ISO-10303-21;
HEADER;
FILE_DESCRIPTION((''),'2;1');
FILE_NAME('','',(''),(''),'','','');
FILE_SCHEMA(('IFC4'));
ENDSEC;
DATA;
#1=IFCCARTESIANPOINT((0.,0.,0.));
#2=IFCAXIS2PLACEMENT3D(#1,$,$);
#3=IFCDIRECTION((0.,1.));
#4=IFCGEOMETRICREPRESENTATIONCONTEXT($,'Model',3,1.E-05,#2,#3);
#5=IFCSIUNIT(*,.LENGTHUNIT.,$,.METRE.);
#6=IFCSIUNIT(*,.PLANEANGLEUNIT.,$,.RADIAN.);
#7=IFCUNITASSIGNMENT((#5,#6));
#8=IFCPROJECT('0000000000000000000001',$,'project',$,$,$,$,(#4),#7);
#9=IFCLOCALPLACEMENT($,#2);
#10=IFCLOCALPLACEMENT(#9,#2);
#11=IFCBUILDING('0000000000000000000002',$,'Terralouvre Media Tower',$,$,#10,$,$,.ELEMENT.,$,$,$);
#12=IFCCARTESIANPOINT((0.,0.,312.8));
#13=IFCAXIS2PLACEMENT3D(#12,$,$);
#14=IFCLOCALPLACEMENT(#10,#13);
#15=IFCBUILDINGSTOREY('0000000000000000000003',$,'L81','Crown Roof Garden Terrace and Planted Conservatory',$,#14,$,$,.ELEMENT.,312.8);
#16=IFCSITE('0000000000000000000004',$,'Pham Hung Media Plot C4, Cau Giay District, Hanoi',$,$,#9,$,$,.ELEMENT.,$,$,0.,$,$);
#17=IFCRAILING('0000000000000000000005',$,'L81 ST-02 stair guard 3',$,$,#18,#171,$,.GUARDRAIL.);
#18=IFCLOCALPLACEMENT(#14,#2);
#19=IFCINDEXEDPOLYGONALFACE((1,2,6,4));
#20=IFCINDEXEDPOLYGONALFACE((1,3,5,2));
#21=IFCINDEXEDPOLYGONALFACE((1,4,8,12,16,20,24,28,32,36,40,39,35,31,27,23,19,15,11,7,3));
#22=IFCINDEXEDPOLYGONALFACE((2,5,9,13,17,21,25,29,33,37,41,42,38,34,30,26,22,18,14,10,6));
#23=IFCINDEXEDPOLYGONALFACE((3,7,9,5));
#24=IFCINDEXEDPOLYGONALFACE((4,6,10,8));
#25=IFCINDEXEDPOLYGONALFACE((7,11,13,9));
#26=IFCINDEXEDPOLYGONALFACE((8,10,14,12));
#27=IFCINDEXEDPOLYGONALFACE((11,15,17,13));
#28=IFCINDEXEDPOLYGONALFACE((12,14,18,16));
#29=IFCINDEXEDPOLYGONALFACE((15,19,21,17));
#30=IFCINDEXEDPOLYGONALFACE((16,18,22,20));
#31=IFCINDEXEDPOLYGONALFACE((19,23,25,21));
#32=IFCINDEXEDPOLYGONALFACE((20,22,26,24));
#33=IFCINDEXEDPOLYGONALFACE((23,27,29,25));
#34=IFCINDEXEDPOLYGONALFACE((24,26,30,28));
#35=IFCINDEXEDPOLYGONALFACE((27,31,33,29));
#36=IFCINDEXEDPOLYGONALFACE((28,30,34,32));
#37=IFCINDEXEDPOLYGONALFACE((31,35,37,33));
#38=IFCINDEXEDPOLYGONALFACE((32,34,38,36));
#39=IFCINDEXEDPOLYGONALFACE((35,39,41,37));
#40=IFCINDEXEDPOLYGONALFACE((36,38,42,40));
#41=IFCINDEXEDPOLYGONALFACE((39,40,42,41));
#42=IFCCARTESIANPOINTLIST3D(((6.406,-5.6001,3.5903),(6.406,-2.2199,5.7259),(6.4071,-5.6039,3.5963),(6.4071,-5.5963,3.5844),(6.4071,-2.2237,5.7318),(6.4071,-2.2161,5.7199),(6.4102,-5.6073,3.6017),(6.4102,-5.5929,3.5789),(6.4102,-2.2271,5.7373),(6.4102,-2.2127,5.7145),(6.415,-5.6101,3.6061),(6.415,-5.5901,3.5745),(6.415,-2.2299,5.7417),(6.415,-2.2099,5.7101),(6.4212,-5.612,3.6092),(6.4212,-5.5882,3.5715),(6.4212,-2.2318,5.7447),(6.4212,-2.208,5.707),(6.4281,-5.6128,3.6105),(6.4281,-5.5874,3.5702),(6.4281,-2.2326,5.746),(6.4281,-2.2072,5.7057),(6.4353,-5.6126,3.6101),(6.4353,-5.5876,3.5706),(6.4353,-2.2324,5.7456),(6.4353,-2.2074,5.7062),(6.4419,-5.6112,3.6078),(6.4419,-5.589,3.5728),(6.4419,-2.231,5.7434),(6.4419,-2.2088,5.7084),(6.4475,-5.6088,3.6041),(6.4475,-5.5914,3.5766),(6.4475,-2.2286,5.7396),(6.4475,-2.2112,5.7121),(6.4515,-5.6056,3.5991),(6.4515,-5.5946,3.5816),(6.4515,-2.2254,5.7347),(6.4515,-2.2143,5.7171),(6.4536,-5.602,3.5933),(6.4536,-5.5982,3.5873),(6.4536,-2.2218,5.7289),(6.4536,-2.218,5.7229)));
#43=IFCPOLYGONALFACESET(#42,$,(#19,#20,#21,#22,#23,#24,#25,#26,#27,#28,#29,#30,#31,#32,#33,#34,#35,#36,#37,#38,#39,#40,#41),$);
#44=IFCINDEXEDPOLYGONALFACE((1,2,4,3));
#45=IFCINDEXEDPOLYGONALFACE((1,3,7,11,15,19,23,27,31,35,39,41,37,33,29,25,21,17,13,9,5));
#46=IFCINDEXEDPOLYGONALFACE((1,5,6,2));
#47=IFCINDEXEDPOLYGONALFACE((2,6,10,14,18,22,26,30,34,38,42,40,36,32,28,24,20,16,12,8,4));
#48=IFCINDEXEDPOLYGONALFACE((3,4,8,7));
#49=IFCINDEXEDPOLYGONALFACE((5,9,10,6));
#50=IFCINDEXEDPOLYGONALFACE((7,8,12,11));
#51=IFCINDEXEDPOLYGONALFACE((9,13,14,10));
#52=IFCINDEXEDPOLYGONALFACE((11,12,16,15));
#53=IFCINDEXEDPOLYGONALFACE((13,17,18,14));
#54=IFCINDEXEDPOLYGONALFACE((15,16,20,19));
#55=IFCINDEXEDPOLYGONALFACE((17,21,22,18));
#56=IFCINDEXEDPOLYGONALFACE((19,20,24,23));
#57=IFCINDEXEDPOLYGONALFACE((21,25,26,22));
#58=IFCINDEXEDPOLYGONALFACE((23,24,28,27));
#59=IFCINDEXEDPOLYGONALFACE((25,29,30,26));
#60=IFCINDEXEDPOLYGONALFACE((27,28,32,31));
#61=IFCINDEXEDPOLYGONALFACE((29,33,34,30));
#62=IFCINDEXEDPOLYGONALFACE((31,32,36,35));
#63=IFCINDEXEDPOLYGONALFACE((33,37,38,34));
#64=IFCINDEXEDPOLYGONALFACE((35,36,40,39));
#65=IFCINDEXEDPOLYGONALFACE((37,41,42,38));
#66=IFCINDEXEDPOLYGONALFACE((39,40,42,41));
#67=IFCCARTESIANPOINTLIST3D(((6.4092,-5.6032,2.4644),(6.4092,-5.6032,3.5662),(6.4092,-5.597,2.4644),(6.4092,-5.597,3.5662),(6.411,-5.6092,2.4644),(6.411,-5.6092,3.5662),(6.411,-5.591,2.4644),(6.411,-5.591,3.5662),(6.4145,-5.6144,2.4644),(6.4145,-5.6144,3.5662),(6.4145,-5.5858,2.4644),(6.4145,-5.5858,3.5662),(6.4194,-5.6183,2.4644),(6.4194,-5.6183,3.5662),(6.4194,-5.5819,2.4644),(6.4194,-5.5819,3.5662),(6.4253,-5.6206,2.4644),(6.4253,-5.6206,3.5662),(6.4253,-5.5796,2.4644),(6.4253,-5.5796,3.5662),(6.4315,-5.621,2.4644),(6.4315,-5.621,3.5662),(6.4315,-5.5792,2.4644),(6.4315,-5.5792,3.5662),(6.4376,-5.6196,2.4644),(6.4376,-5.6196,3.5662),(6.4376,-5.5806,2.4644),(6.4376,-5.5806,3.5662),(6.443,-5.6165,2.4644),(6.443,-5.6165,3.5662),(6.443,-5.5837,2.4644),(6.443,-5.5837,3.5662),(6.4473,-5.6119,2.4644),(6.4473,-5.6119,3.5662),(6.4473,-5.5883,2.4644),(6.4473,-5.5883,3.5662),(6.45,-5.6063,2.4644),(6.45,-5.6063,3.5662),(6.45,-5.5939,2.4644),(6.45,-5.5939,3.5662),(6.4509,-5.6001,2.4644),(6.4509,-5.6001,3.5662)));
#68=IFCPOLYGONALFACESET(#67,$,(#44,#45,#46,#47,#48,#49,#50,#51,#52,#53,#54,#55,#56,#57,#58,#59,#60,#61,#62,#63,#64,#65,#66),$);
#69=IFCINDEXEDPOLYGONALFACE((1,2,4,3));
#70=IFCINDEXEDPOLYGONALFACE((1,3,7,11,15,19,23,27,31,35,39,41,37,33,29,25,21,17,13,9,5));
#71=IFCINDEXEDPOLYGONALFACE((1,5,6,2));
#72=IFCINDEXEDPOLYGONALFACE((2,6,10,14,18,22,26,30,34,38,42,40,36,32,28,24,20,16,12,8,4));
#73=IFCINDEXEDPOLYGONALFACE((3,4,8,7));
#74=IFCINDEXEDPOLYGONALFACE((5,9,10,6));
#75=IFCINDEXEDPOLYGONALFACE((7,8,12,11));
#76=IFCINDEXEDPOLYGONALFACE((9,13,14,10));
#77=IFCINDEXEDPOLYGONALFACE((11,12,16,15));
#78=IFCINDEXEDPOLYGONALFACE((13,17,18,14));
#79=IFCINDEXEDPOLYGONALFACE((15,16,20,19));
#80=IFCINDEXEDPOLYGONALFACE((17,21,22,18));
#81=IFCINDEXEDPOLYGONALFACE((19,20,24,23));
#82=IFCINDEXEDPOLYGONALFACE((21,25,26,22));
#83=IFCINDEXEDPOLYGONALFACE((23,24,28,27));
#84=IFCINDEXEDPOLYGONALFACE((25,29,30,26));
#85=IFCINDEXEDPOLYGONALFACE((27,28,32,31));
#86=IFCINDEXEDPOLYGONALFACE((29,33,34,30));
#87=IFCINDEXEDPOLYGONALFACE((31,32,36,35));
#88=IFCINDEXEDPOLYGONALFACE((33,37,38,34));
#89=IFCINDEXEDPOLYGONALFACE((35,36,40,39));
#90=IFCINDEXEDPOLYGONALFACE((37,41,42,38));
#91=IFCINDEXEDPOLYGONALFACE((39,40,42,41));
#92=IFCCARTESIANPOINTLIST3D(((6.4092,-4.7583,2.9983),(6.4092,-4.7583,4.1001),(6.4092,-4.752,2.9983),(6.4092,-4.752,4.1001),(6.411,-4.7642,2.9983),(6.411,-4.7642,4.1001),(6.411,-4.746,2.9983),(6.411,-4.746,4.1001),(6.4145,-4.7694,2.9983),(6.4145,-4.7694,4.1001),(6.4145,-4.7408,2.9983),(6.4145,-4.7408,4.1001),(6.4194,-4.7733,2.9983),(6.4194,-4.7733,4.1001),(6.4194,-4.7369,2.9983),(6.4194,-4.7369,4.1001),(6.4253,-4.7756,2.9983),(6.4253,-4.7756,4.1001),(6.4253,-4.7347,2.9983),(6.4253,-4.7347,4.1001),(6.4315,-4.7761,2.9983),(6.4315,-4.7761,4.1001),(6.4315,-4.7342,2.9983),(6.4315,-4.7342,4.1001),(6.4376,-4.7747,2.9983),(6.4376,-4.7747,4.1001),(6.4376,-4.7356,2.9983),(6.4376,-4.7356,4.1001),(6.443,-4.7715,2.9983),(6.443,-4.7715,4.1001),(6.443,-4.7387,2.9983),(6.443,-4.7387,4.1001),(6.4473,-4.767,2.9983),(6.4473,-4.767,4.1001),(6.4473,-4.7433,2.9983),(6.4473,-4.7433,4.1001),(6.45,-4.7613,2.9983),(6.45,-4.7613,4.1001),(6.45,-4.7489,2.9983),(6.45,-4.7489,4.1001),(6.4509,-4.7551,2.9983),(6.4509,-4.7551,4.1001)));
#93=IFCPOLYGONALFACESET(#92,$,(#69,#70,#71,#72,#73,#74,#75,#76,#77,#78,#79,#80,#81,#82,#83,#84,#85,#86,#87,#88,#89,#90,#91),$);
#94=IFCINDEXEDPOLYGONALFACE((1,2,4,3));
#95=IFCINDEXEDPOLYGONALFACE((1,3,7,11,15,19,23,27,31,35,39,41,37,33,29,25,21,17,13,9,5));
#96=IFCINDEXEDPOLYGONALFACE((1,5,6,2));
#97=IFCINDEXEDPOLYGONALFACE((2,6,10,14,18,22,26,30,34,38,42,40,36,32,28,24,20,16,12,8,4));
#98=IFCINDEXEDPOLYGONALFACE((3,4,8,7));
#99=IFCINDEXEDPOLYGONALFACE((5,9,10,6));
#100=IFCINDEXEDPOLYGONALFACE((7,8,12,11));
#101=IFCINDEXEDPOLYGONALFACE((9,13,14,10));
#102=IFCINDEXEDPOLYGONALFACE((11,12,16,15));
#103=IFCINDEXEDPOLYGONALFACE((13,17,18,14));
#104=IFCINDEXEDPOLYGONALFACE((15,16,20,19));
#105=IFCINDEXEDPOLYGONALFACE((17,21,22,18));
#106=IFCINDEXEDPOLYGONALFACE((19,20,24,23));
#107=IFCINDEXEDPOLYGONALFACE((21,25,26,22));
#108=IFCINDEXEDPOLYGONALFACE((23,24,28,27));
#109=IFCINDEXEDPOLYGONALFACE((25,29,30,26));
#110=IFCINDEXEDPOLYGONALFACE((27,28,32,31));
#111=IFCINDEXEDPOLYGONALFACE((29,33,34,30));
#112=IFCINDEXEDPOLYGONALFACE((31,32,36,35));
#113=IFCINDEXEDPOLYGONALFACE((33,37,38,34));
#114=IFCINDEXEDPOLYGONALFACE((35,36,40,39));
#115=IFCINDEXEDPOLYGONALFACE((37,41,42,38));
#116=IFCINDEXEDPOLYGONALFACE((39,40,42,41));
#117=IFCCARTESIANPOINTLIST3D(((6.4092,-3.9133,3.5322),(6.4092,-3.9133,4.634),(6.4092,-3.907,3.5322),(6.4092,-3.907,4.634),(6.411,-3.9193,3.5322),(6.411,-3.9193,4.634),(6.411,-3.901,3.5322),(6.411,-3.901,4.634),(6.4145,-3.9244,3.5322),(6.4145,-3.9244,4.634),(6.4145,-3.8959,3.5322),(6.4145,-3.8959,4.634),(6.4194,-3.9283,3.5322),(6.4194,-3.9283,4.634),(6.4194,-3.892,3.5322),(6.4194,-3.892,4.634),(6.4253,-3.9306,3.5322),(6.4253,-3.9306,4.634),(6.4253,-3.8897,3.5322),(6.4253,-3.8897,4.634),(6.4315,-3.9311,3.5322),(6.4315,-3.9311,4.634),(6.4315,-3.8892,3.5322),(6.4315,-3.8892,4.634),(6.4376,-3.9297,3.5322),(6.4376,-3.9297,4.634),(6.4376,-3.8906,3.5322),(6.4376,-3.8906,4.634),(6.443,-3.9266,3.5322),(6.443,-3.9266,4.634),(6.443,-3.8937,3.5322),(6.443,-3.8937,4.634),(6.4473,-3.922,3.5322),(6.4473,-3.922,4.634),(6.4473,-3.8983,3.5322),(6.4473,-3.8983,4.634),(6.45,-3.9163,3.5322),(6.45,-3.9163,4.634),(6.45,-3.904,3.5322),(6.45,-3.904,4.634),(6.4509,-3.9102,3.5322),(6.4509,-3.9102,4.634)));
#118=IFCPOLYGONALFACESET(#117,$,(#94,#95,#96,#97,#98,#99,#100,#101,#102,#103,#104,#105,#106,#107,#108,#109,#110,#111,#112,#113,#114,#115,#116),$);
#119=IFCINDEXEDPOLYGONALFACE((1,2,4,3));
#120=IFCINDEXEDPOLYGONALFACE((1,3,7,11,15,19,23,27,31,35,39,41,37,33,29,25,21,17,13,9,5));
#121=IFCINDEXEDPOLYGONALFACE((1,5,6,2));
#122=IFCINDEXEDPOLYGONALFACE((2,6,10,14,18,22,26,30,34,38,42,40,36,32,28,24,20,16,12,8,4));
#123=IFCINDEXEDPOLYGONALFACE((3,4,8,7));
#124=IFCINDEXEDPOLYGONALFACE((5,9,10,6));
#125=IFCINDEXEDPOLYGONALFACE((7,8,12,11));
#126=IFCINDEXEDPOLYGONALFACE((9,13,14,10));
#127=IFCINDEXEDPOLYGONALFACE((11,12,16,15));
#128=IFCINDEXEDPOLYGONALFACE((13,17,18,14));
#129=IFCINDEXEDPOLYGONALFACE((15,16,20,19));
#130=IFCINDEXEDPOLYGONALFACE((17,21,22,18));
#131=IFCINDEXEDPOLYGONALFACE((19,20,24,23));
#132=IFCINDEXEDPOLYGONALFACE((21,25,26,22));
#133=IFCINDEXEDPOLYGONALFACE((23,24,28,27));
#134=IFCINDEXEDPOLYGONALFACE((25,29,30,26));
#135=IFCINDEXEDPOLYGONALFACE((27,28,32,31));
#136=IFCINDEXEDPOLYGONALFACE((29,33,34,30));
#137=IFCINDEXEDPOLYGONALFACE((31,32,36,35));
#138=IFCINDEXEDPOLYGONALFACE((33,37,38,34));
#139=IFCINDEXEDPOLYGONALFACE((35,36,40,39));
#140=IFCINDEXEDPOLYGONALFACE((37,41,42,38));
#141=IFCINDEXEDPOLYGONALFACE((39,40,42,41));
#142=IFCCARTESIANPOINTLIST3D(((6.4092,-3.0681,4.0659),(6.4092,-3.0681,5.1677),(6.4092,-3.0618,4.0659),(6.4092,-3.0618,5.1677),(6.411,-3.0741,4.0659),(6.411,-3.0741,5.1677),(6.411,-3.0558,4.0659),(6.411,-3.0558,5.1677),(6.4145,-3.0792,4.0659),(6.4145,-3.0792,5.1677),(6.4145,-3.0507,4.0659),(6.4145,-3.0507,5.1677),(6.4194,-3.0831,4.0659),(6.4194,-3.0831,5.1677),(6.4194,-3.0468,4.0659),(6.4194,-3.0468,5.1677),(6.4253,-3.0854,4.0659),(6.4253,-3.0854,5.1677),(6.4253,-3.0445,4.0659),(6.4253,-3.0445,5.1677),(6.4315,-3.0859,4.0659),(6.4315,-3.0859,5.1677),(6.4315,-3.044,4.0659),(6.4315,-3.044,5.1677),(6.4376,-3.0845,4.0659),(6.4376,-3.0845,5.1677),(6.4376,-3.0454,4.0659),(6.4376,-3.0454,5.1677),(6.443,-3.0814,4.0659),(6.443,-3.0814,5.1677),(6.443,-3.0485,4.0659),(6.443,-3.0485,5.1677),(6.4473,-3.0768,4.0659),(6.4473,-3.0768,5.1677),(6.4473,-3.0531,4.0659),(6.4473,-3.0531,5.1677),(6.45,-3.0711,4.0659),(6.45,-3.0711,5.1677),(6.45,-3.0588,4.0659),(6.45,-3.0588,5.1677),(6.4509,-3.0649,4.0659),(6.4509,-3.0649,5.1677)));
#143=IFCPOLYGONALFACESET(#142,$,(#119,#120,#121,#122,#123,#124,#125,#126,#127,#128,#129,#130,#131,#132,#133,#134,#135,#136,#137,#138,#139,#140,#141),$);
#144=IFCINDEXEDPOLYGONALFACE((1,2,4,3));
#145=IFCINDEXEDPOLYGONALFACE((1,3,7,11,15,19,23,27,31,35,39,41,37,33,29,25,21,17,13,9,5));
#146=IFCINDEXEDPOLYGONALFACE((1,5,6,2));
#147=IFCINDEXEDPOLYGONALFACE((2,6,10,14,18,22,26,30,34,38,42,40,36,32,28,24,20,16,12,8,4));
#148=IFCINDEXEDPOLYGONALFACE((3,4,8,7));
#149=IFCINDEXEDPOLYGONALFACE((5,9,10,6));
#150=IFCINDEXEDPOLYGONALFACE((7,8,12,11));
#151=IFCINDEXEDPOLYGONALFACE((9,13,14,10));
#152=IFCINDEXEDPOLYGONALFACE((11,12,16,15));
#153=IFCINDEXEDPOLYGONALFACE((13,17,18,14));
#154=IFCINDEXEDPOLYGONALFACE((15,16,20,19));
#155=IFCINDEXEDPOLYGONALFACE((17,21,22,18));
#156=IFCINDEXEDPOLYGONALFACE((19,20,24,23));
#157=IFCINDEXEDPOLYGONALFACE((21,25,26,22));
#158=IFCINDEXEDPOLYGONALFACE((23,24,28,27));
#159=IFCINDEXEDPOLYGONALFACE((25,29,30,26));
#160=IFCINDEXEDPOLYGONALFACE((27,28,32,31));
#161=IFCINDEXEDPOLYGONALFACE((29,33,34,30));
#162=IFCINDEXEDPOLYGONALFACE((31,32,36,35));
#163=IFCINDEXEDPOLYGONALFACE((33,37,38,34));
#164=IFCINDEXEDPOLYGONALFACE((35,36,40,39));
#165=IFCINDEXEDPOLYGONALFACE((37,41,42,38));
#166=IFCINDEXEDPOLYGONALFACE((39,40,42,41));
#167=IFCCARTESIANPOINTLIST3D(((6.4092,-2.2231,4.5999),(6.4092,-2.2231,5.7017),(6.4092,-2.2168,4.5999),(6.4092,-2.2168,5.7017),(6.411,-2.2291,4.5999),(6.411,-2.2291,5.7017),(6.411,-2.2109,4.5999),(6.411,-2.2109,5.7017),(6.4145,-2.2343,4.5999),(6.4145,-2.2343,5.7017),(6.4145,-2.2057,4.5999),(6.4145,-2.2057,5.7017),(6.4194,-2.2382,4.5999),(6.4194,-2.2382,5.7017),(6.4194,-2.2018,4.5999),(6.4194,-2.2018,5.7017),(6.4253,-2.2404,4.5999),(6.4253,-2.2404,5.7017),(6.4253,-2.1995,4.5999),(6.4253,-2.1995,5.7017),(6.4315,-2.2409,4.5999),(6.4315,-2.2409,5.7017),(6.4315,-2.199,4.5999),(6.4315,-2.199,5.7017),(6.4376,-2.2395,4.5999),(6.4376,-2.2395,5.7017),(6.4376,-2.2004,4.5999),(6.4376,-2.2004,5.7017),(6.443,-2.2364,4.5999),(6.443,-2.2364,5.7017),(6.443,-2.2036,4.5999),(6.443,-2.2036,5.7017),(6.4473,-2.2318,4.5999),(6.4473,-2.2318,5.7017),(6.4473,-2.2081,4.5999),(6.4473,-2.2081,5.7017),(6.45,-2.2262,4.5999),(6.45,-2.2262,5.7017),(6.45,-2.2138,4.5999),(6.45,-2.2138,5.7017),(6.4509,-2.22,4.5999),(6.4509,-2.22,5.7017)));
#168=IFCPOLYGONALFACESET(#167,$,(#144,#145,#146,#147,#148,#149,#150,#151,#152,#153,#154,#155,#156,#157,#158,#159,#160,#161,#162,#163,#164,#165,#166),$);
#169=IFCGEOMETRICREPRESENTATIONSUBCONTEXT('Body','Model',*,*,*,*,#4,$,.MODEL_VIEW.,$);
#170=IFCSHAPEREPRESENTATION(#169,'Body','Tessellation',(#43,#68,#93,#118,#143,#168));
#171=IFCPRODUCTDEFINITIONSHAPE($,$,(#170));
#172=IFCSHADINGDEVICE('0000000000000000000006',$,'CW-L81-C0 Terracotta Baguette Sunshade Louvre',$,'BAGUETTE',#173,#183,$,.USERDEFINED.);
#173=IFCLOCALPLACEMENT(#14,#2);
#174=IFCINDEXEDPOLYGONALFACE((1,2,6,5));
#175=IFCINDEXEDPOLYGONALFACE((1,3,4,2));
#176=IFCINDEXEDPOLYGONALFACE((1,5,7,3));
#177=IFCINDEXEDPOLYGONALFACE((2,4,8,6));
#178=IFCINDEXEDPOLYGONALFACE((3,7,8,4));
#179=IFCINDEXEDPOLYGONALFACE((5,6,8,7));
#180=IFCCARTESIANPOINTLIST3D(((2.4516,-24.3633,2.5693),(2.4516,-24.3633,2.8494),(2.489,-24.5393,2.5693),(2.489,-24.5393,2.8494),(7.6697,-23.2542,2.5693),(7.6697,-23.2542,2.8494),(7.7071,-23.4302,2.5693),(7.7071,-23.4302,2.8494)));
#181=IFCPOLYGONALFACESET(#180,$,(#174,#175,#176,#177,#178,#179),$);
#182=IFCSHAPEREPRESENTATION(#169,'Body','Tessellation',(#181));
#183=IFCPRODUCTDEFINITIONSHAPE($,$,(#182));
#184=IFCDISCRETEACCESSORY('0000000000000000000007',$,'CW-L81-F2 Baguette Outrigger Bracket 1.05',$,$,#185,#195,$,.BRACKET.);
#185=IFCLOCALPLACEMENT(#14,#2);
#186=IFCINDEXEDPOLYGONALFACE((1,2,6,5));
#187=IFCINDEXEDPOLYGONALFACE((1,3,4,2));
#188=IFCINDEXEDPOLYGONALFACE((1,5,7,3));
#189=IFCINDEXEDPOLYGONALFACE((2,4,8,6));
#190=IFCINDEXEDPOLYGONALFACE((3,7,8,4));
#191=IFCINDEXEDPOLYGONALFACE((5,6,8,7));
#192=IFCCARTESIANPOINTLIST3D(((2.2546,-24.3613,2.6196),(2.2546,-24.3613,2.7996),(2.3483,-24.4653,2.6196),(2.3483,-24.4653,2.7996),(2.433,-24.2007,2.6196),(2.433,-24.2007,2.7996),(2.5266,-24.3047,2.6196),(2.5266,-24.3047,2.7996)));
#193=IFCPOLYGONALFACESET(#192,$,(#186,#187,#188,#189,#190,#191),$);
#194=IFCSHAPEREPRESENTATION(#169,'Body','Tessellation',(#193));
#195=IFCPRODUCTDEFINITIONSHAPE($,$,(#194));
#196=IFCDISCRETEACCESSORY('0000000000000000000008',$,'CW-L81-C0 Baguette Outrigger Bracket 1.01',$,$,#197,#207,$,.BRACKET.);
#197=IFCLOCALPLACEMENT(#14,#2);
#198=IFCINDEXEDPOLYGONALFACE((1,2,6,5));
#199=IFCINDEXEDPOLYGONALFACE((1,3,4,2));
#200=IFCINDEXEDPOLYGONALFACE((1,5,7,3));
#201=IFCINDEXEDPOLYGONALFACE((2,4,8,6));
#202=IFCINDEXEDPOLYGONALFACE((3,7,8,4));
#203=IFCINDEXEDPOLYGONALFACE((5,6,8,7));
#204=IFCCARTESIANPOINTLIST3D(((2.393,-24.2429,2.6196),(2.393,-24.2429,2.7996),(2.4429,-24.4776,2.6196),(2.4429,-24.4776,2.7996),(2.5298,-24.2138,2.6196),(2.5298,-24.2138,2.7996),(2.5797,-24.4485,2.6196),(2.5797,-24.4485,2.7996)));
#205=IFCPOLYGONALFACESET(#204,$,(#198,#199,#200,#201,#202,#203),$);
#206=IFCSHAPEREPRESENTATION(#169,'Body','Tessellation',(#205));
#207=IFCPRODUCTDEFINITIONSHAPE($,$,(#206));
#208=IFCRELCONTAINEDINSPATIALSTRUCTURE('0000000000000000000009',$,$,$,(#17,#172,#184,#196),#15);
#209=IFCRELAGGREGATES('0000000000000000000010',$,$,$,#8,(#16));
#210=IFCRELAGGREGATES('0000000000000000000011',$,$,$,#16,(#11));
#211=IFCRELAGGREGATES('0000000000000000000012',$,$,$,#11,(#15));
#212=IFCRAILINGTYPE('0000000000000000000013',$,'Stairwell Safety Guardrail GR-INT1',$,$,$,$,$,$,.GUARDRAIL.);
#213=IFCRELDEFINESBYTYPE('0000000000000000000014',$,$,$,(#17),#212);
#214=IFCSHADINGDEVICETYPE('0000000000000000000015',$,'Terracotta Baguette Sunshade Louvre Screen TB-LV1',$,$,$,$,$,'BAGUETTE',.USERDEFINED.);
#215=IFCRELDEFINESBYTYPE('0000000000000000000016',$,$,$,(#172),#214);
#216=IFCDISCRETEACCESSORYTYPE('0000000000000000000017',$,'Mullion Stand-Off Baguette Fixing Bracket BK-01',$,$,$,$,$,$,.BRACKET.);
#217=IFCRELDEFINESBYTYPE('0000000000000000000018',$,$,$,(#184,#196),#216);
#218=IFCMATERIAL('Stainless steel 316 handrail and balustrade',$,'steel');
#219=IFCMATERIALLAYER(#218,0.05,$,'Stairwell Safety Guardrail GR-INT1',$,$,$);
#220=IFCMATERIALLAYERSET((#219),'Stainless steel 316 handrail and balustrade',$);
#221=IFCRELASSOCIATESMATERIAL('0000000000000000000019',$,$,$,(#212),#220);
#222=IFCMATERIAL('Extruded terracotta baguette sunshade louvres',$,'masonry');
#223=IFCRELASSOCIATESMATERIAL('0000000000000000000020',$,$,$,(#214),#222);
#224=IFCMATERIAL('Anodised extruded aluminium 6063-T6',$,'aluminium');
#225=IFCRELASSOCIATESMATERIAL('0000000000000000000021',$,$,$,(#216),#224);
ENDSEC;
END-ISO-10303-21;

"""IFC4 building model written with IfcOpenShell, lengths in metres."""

from ifc_helpers import new_model, si_unit, direction, frame, origin, origin_2d, place, context, subcontext, project, spatial, rectangle, circle, extrude, material, layer, layer_set, type_object, element, save


model = new_model("IFC4")

# Units and contexts
model_context = context("Model", 3, precision=1e-05, world=origin(), true_north=direction((0.0, 1.0)))
body_context = subcontext(model_context, "Body", "Model", "MODEL_VIEW")
ifc_project = project(units=[si_unit("LENGTHUNIT", "METRE"), si_unit("PLANEANGLEUNIT", "RADIAN")], contexts=[model_context])

# Site, building, storey
site_placement = place(None, origin())
site = spatial("IfcSite", under=ifc_project, at=site_placement, Name="Pham Hung Media Plot C4, Cau Giay District, Hanoi", CompositionType="ELEMENT", RefElevation=0.0)
building_placement = place(site_placement, origin())
building = spatial("IfcBuilding", under=site, at=building_placement, Name="Terralouvre Media Tower", CompositionType="ELEMENT")
storey_placement = place(building_placement, frame((0.0, 0.0, 312.8)))
storey = spatial("IfcBuildingStorey", under=building, at=storey_placement, Name="L81", Description="Crown Roof Garden Terrace and Planted Conservatory", CompositionType="ELEMENT", Elevation=312.8)

# Railing
ifc_material_1 = material(Name="Stainless steel 316 handrail and balustrade", Category="steel")
ifc_layer_1 = layer(ifc_material_1, 0.05, Name="Stairwell Safety Guardrail GR-INT1")
ifc_layer_set_1 = layer_set([ifc_layer_1], Name="Stainless steel 316 handrail and balustrade")
railing_type_1 = type_object("IfcRailingType", Name="Stairwell Safety Guardrail GR-INT1", PredefinedType="GUARDRAIL", material=ifc_layer_set_1)
railing_1_placement = place(storey_placement, frame((6.4299, -5.6001, 2.4644)))
element("IfcRailing", 1, at=railing_1_placement, inside=storey, type_object=railing_type_1, Name="L81 ST-02 stair guard 3", PredefinedType="GUARDRAIL", context=body_context, shape_type="SweptSolid", body=[
    extrude(circle(Radius=0.0239, at=origin_2d()), frame((0.0, 0.0, 1.126), z_axis=(0.0, 0.845412, 0.534115), x_axis=(-1.0, 0.0, 0.0)), (0.0, 0.0, 1.0), 3.9983),
    extrude(circle(Radius=0.021, at=origin_2d()), origin(), (0.0, 0.0, 1.0), 1.1018),
    extrude(circle(Radius=0.021, at=origin_2d()), frame((0.0, 0.845, 0.5339)), (0.0, 0.0, 1.0), 1.1018),
    extrude(circle(Radius=0.021, at=origin_2d()), frame((0.0, 1.6899, 1.0679)), (0.0, 0.0, 1.0), 1.1018),
    extrude(circle(Radius=0.021, at=origin_2d()), frame((0.0, 2.5352, 1.6016)), (0.0, 0.0, 1.0), 1.1018),
    extrude(circle(Radius=0.021, at=origin_2d()), frame((0.0, 3.3801, 2.1355)), (0.0, 0.0, 1.0), 1.1018),
])

# Shading device
ifc_material_2 = material(Name="Extruded terracotta baguette sunshade louvres", Category="masonry")
shading_device_type = type_object("IfcShadingDeviceType", Name="Terracotta Baguette Sunshade Louvre Screen TB-LV1", ElementType="BAGUETTE", PredefinedType="USERDEFINED", material=ifc_material_2)
shading_device_placement = place(storey_placement, frame((5.0793, -23.8967, 2.5693), z_axis=(0.0, 0.0, 1.0), x_axis=(0.978148, 0.207912, 0.0)))
element("IfcShadingDevice", 2, at=shading_device_placement, inside=storey, type_object=shading_device_type, Name="CW-L81-C0 Terracotta Baguette Sunshade Louvre", ObjectType="BAGUETTE", PredefinedType="USERDEFINED", context=body_context, shape_type="SweptSolid", body=[
    extrude(rectangle(XDim=5.3347, YDim=0.1799, at=origin_2d()), origin(), (0.0, 0.0, 1.0), 0.28),
])

# Discrete accessories
ifc_material_3 = material(Name="Anodised extruded aluminium 6063-T6", Category="aluminium")
discrete_accessory_type = type_object("IfcDiscreteAccessoryType", Name="Mullion Stand-Off Baguette Fixing Bracket BK-01", PredefinedType="BRACKET", material=ifc_material_3)
for number, where, z_axis, x_axis, name in (
    (3, (2.3906, -24.333, 2.6196), (0.0, 0.0, 1.0), (0.669131, -0.743145, 0.0), "CW-L81-F2 Baguette Outrigger Bracket 1.05"),
    (4, (2.4863, -24.3457, 2.6196), (0.0, 0.0, 1.0), (0.978148, 0.207912, 0.0), "CW-L81-C0 Baguette Outrigger Bracket 1.01"),
):
    element("IfcDiscreteAccessory", number, at=place(storey_placement, frame(where, z_axis=z_axis, x_axis=x_axis)), inside=storey, type_object=discrete_accessory_type, Name=name, PredefinedType="BRACKET", context=body_context, shape_type="SweptSolid", body=[
        extrude(rectangle(XDim=0.1399, YDim=0.24, at=origin_2d()), origin(), (0.0, 0.0, 1.0), 0.1799),
    ])

save(model, "model.ifc")
